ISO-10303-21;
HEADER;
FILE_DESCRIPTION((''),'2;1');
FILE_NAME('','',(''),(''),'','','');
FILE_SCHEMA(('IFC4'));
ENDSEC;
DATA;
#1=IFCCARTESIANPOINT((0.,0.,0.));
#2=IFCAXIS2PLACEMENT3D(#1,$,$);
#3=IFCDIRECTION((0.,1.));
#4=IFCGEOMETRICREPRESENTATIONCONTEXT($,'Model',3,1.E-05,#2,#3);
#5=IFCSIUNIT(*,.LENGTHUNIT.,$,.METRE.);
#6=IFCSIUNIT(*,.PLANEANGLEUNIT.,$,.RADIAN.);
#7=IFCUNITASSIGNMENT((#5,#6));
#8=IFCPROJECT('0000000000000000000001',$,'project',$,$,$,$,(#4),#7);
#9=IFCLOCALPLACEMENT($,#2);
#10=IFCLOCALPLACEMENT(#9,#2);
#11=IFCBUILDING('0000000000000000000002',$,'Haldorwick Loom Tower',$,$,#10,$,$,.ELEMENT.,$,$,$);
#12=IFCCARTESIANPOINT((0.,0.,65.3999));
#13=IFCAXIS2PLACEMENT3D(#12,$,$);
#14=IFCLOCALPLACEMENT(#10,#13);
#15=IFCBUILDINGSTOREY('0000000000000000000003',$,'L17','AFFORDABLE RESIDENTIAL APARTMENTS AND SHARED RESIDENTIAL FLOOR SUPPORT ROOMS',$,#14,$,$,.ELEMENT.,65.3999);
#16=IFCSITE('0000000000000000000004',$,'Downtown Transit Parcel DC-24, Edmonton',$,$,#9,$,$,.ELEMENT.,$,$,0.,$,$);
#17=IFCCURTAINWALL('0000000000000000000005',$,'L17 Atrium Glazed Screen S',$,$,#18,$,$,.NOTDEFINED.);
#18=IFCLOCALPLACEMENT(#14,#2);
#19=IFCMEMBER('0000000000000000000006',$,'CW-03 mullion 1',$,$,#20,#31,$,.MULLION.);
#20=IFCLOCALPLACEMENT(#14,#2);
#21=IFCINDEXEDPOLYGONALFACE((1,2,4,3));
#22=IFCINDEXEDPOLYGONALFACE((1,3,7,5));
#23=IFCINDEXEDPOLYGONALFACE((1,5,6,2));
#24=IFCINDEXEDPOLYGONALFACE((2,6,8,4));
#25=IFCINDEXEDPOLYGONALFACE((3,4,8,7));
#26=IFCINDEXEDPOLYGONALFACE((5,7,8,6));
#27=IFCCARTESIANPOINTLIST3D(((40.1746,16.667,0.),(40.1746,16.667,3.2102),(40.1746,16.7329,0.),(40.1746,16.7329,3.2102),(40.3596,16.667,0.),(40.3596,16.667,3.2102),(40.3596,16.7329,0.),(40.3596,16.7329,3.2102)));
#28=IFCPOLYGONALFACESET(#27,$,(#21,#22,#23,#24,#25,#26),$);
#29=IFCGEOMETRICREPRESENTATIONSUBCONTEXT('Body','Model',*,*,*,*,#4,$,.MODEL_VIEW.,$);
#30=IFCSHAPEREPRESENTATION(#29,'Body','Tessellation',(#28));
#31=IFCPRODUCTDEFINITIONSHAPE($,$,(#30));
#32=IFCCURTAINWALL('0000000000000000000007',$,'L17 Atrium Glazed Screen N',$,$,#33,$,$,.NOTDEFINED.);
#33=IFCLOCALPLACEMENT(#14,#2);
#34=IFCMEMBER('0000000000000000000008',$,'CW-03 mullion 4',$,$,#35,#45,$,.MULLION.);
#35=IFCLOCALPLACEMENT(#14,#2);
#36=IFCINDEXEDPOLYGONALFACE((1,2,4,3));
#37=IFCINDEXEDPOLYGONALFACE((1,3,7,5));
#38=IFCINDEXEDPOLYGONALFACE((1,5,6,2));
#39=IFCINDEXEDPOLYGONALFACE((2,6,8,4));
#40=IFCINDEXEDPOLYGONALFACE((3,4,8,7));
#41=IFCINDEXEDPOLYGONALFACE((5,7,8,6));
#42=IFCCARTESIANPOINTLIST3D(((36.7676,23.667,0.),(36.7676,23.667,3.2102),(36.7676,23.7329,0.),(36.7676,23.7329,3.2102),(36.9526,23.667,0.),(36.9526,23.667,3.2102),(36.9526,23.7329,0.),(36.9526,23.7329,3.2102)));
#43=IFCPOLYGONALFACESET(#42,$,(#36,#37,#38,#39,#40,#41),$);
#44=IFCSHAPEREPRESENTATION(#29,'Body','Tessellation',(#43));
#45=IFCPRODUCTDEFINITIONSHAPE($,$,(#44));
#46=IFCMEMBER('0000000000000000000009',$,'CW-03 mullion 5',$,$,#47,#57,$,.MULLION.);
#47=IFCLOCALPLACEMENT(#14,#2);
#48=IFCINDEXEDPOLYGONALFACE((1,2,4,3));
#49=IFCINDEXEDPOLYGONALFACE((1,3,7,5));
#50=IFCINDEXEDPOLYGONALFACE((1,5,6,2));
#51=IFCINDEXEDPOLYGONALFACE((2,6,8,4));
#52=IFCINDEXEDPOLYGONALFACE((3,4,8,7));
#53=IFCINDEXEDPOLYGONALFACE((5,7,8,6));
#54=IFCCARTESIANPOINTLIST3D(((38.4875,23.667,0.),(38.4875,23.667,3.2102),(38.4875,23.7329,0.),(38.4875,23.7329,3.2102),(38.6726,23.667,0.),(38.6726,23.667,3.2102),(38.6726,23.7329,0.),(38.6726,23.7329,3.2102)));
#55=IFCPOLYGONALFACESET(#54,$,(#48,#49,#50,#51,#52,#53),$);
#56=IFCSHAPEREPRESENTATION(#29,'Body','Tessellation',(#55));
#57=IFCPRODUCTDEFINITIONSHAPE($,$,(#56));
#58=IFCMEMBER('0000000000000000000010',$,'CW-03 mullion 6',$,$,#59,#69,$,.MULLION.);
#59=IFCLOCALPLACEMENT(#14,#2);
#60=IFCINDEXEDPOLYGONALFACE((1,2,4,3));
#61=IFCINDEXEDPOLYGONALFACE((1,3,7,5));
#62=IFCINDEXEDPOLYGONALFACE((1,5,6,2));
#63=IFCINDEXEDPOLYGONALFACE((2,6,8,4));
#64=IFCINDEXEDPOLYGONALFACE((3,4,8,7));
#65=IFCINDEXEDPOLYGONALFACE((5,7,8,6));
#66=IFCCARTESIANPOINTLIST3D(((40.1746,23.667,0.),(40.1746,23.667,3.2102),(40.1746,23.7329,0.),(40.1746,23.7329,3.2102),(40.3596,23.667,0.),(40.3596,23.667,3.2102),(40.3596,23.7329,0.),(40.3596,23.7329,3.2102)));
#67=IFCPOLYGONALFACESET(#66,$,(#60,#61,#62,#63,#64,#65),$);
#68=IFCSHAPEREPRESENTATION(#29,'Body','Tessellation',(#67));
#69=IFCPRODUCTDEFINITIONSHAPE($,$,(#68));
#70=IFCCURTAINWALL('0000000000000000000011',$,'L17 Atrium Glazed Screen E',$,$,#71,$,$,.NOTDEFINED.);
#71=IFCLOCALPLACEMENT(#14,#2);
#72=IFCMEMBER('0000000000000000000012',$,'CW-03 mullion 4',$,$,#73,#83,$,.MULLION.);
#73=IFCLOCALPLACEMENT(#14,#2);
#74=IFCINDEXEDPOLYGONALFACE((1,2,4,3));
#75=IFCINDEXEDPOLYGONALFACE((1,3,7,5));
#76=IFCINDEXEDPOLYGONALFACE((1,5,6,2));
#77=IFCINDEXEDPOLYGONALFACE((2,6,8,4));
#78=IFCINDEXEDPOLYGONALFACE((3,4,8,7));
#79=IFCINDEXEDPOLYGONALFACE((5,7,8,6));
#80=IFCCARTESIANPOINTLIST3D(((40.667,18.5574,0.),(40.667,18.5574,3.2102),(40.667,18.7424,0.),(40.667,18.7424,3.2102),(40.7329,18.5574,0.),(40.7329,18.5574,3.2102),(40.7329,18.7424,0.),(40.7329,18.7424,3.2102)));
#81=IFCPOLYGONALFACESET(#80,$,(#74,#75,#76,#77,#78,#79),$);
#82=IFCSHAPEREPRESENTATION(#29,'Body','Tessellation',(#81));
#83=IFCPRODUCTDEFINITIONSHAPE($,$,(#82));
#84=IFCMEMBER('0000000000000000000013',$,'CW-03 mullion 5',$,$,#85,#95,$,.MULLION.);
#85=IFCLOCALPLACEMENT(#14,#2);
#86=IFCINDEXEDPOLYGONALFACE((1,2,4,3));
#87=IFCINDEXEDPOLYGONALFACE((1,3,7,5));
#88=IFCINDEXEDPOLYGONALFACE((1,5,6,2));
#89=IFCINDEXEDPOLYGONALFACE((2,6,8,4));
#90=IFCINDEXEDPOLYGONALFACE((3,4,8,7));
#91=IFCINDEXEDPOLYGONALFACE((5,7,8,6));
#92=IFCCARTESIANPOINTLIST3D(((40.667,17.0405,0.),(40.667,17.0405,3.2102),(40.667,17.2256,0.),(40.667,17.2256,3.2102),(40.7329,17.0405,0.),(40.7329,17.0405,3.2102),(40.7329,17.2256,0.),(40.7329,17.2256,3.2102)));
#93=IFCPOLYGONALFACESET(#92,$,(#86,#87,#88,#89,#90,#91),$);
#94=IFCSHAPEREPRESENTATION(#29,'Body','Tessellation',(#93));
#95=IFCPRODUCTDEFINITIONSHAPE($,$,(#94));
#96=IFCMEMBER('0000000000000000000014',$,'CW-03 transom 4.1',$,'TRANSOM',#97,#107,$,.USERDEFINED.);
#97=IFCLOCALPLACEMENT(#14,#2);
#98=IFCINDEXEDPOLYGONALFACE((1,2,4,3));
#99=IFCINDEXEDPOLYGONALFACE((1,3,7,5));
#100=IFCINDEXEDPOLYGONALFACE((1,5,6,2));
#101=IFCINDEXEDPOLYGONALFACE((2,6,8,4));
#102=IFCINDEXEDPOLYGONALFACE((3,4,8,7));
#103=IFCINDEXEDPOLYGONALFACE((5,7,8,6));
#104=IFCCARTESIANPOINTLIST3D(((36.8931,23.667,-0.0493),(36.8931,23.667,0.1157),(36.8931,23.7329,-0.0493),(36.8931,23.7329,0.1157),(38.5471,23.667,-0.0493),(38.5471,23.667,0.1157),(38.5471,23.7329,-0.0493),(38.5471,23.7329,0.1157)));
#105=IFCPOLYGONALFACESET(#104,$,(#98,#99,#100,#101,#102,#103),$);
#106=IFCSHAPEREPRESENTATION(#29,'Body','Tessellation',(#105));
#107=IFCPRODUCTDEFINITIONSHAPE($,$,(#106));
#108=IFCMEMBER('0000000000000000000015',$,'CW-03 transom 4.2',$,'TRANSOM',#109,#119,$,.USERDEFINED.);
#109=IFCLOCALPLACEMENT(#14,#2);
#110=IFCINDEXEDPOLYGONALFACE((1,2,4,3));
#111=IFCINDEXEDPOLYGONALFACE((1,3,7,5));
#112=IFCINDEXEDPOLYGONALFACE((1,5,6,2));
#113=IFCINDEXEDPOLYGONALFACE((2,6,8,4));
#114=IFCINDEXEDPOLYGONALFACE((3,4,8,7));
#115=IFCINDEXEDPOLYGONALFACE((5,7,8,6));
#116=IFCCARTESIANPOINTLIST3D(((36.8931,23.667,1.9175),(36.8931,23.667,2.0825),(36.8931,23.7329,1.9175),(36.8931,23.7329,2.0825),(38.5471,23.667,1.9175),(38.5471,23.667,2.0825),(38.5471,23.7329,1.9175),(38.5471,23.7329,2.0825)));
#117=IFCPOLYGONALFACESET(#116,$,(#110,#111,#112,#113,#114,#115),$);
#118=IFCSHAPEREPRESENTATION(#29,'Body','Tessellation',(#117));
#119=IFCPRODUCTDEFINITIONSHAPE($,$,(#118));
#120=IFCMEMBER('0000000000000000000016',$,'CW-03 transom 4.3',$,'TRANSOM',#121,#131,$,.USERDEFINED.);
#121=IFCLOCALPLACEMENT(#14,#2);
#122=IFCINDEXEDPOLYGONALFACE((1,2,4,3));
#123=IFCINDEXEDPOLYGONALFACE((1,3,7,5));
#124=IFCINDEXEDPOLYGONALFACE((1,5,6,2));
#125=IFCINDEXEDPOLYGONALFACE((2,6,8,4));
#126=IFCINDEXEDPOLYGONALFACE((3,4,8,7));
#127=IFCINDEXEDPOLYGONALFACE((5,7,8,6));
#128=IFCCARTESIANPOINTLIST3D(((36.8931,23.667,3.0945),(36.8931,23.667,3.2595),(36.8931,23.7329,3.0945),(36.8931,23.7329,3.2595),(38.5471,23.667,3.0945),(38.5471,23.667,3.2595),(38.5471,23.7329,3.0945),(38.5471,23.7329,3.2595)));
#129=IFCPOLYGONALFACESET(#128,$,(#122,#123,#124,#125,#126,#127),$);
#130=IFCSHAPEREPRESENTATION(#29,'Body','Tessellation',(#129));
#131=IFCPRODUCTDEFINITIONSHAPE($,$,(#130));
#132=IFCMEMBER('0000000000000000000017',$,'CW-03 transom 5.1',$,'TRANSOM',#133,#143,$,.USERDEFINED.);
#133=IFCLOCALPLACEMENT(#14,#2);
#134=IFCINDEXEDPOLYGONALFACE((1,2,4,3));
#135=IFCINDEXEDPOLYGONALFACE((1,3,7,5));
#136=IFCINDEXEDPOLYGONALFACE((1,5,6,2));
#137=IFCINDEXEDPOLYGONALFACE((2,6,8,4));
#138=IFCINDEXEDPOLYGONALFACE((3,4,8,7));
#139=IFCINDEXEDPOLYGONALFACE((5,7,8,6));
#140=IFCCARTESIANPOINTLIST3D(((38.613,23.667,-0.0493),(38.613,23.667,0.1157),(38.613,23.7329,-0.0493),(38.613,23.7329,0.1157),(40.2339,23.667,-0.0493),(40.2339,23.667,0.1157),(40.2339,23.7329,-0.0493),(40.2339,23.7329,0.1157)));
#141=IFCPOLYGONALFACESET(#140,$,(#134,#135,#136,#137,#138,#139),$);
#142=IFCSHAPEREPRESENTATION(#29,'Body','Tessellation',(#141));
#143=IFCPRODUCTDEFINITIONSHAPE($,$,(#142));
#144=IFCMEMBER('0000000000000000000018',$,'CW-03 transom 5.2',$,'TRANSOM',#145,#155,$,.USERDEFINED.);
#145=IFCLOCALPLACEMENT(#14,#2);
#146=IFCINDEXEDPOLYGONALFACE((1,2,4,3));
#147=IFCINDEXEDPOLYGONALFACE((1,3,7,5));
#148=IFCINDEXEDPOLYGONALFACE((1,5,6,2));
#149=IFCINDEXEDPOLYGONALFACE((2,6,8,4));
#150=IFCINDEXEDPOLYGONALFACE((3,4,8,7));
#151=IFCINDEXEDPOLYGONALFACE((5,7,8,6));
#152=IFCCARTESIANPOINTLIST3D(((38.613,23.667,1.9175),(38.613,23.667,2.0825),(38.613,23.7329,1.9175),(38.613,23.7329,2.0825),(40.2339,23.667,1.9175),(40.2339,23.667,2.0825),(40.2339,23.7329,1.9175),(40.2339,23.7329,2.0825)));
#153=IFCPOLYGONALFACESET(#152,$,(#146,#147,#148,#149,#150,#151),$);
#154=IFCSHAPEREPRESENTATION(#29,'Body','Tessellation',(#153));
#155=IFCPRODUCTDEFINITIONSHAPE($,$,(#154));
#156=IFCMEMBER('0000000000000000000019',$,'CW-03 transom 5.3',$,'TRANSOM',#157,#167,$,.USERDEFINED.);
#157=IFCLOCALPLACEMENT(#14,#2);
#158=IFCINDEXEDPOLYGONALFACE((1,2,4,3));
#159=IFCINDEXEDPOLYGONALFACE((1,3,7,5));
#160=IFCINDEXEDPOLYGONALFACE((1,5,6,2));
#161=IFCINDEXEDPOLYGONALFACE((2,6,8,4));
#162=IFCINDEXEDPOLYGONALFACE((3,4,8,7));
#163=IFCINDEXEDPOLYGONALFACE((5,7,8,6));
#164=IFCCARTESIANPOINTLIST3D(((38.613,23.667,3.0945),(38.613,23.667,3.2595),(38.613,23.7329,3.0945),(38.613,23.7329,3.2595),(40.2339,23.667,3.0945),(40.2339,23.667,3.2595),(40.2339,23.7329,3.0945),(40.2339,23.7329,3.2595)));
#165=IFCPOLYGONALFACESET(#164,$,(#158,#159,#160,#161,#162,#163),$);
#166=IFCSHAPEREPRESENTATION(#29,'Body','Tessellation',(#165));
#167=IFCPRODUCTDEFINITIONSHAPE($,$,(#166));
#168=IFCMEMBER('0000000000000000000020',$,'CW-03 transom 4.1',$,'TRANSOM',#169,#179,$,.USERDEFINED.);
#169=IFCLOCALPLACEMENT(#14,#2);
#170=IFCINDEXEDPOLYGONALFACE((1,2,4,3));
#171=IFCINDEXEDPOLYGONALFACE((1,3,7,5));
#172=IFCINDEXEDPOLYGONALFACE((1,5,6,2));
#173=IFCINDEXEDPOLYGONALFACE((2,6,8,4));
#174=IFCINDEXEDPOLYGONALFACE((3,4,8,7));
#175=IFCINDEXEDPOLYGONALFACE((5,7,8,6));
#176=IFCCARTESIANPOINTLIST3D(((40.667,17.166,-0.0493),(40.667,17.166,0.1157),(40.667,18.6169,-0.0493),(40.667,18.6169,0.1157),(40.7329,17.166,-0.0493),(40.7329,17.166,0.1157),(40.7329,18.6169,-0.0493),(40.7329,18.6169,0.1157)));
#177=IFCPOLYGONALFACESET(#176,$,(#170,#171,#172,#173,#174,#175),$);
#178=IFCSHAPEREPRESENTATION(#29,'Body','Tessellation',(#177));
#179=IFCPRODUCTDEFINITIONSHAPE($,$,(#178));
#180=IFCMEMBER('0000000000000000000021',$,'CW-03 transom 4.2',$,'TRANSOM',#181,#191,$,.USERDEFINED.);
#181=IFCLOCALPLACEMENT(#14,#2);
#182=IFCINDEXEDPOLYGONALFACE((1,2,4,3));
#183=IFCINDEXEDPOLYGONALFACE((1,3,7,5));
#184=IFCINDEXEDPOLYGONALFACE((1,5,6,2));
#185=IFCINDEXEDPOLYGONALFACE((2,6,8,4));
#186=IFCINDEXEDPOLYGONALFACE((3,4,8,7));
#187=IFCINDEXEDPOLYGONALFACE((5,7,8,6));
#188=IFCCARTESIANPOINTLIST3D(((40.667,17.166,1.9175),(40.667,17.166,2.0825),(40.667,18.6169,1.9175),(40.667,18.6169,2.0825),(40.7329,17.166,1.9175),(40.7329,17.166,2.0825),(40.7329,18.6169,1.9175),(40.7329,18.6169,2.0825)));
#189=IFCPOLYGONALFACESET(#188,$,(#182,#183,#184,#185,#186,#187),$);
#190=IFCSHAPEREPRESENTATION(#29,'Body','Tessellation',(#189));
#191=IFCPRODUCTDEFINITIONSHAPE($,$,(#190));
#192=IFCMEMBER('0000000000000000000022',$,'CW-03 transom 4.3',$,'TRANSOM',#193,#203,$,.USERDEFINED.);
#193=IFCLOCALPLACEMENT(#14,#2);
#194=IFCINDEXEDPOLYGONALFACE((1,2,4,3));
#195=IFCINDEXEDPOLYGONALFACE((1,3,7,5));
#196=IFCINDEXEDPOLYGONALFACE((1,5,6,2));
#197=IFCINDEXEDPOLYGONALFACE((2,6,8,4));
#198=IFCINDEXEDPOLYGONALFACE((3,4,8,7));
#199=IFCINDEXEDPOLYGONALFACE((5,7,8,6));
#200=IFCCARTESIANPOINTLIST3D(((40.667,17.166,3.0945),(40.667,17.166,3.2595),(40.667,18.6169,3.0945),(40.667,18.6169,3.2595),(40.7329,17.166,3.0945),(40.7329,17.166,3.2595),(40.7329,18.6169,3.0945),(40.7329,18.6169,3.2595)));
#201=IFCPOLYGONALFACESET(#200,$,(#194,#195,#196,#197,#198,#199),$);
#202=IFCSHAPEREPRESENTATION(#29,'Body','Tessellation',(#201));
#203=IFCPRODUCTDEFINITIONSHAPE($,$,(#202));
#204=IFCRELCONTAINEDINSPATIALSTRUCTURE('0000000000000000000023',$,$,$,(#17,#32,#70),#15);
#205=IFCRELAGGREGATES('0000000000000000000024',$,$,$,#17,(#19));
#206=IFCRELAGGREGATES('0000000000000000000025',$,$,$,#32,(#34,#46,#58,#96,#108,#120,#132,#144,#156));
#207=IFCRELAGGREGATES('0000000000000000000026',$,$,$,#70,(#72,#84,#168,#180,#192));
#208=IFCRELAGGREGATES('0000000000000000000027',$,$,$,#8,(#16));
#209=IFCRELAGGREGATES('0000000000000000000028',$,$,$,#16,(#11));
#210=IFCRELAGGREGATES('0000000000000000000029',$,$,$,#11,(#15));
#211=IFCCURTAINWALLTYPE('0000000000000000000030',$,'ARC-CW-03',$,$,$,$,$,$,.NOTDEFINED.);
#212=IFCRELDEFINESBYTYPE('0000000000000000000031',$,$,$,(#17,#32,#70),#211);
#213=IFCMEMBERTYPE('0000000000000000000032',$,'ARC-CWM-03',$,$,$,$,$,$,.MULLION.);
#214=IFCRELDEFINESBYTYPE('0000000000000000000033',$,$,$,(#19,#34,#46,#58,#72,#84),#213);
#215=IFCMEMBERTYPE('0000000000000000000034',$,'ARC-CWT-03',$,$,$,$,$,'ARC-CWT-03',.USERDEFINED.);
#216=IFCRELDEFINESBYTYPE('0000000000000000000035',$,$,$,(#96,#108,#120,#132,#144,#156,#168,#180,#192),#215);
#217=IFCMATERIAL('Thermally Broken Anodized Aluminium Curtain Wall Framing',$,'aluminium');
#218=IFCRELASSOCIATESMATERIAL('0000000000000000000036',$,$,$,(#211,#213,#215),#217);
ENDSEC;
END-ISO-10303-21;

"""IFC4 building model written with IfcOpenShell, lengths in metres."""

from ifc_helpers import new_model, si_unit, direction, frame, origin, origin_2d, place, context, subcontext, project, spatial, rectangle, extrude, material, material_profile, profile_set, type_object, element, aggregate, save


model = new_model("IFC4")

# Units and contexts
model_context = context("Model", 3, precision=1e-05, world=origin(), true_north=direction((0.0, 1.0)))
body_context = subcontext(model_context, "Body", "Model", "MODEL_VIEW")
ifc_project = project(units=[si_unit("LENGTHUNIT", "METRE"), si_unit("PLANEANGLEUNIT", "RADIAN")], contexts=[model_context])

# Site, building, storey
site_placement = place(None, origin())
site = spatial("IfcSite", under=ifc_project, at=site_placement, Name="Downtown Transit Parcel DC-24, Edmonton", CompositionType="ELEMENT", RefElevation=0.0)
building_placement = place(site_placement, origin())
building = spatial("IfcBuilding", under=site, at=building_placement, Name="Haldorwick Loom Tower", CompositionType="ELEMENT")
storey_placement = place(building_placement, frame((0.0, 0.0, 65.3999)))
storey = spatial("IfcBuildingStorey", under=building, at=storey_placement, Name="L17", Description="AFFORDABLE RESIDENTIAL APARTMENTS AND SHARED RESIDENTIAL FLOOR SUPPORT ROOMS", CompositionType="ELEMENT", Elevation=65.3999)

# Curtain wall, member
ifc_material_1 = material(Name="Thermally Broken Anodized Aluminium Curtain Wall Framing", Category="aluminium")
curtain_wall_type = type_object("IfcCurtainWallType", Name="ARC-CW-03", PredefinedType="NOTDEFINED", material=ifc_material_1)
curtain_wall_1_placement = place(storey_placement, origin())
curtain_wall_1 = element("IfcCurtainWall", 1, at=curtain_wall_1_placement, inside=storey, type_object=curtain_wall_type, Name="L17 Atrium Glazed Screen S", PredefinedType="NOTDEFINED")
ifc_material_profile_1 = material_profile(ifc_material_1, rectangle(XDim=0.0659, YDim=0.1851, at=origin_2d()), Name="ALU_MUL_66X185", Category="aluminium")
ifc_profile_set_1 = profile_set([ifc_material_profile_1], Name="Thermally Broken Anodized Aluminium Curtain Wall Framing")
member_type_1 = type_object("IfcMemberType", Name="ARC-CWM-03", PredefinedType="MULLION", material=ifc_profile_set_1)
member_1_placement = place(storey_placement, frame((40.2671, 16.7, 0.0), z_axis=(0.0, 0.0, 1.0), x_axis=(0.0, -1.0, 0.0)))
member_1 = element("IfcMember", 2, at=member_1_placement, type_object=member_type_1, Name="CW-03 mullion 1", PredefinedType="MULLION", context=body_context, shape_type="SweptSolid", body=[
    extrude(rectangle(XDim=0.0659, YDim=0.1851, at=origin_2d()), origin(), (0.0, 0.0, 1.0), 3.2102),
])
aggregate(curtain_wall_1, [member_1])

# Curtain walls, members
curtain_wall_2_placement = place(storey_placement, origin())
curtain_wall_2 = element("IfcCurtainWall", 3, at=curtain_wall_2_placement, inside=storey, type_object=curtain_wall_type, Name="L17 Atrium Glazed Screen N", PredefinedType="NOTDEFINED")
member_2_placement = place(storey_placement, frame((36.8601, 23.7, 0.0), z_axis=(0.0, 0.0, 1.0), x_axis=(0.0, 1.0, 0.0)))
member_2 = element("IfcMember", 4, at=member_2_placement, type_object=member_type_1, Name="CW-03 mullion 4", PredefinedType="MULLION", context=body_context, shape_type="SweptSolid", body=[
    extrude(rectangle(XDim=0.0659, YDim=0.1851, at=origin_2d()), origin(), (0.0, 0.0, 1.0), 3.2102),
])
member_3_placement = place(storey_placement, frame((38.5801, 23.7, 0.0), z_axis=(0.0, 0.0, 1.0), x_axis=(0.0, 1.0, 0.0)))
member_3 = element("IfcMember", 5, at=member_3_placement, type_object=member_type_1, Name="CW-03 mullion 5", PredefinedType="MULLION", context=body_context, shape_type="SweptSolid", body=[
    extrude(rectangle(XDim=0.0659, YDim=0.1851, at=origin_2d()), origin(), (0.0, 0.0, 1.0), 3.2102),
])
member_4_placement = place(storey_placement, frame((40.2671, 23.7, 0.0), z_axis=(0.0, 0.0, 1.0), x_axis=(0.0, 1.0, 0.0)))
member_4 = element("IfcMember", 6, at=member_4_placement, type_object=member_type_1, Name="CW-03 mullion 6", PredefinedType="MULLION", context=body_context, shape_type="SweptSolid", body=[
    extrude(rectangle(XDim=0.0659, YDim=0.1851, at=origin_2d()), origin(), (0.0, 0.0, 1.0), 3.2102),
])
curtain_wall_3_placement = place(storey_placement, origin())
curtain_wall_3 = element("IfcCurtainWall", 7, at=curtain_wall_3_placement, inside=storey, type_object=curtain_wall_type, Name="L17 Atrium Glazed Screen E", PredefinedType="NOTDEFINED")
member_5_placement = place(storey_placement, frame((40.7, 18.6499, 0.0), z_axis=(0.0, 0.0, 1.0), x_axis=(1.0, 0.0, 0.0)))
member_5 = element("IfcMember", 8, at=member_5_placement, type_object=member_type_1, Name="CW-03 mullion 4", PredefinedType="MULLION", context=body_context, shape_type="SweptSolid", body=[
    extrude(rectangle(XDim=0.0659, YDim=0.1851, at=origin_2d()), origin(), (0.0, 0.0, 1.0), 3.2102),
])
member_6_placement = place(storey_placement, frame((40.7, 17.1331, 0.0), z_axis=(0.0, 0.0, 1.0), x_axis=(1.0, 0.0, 0.0)))
member_6 = element("IfcMember", 9, at=member_6_placement, type_object=member_type_1, Name="CW-03 mullion 5", PredefinedType="MULLION", context=body_context, shape_type="SweptSolid", body=[
    extrude(rectangle(XDim=0.0659, YDim=0.1851, at=origin_2d()), origin(), (0.0, 0.0, 1.0), 3.2102),
])

# Members
ifc_material_profile_2 = material_profile(ifc_material_1, rectangle(XDim=0.0659, YDim=0.165, at=origin_2d()), Name="ALU_TRN_66X165", Category="aluminium")
ifc_profile_set_2 = profile_set([ifc_material_profile_2], Name="Thermally Broken Anodized Aluminium Curtain Wall Framing")
member_type_2 = type_object("IfcMemberType", Name="ARC-CWT-03", ElementType="ARC-CWT-03", PredefinedType="USERDEFINED", material=ifc_profile_set_2)
member_7_placement = place(storey_placement, frame((36.8931, 23.7, 0.0332), z_axis=(1.0, 0.0, 0.0), x_axis=(0.0, 1.0, 0.0)))
member_7 = element("IfcMember", 10, at=member_7_placement, type_object=member_type_2, Name="CW-03 transom 4.1", ObjectType="TRANSOM", PredefinedType="USERDEFINED", context=body_context, shape_type="SweptSolid", body=[
    extrude(rectangle(XDim=0.0659, YDim=0.165, at=origin_2d()), origin(), (0.0, 0.0, 1.0), 1.6541),
])
member_8_placement = place(storey_placement, frame((36.8931, 23.7, 2.0), z_axis=(1.0, 0.0, 0.0), x_axis=(0.0, 1.0, 0.0)))
member_8 = element("IfcMember", 11, at=member_8_placement, type_object=member_type_2, Name="CW-03 transom 4.2", ObjectType="TRANSOM", PredefinedType="USERDEFINED", context=body_context, shape_type="SweptSolid", body=[
    extrude(rectangle(XDim=0.0659, YDim=0.165, at=origin_2d()), origin(), (0.0, 0.0, 1.0), 1.6541),
])
member_9_placement = place(storey_placement, frame((36.8931, 23.7, 3.177), z_axis=(1.0, 0.0, 0.0), x_axis=(0.0, 1.0, 0.0)))
member_9 = element("IfcMember", 12, at=member_9_placement, type_object=member_type_2, Name="CW-03 transom 4.3", ObjectType="TRANSOM", PredefinedType="USERDEFINED", context=body_context, shape_type="SweptSolid", body=[
    extrude(rectangle(XDim=0.0659, YDim=0.165, at=origin_2d()), origin(), (0.0, 0.0, 1.0), 1.6541),
])
member_10_placement = place(storey_placement, frame((38.613, 23.7, 0.0332), z_axis=(1.0, 0.0, 0.0), x_axis=(0.0, 1.0, 0.0)))
member_10 = element("IfcMember", 13, at=member_10_placement, type_object=member_type_2, Name="CW-03 transom 5.1", ObjectType="TRANSOM", PredefinedType="USERDEFINED", context=body_context, shape_type="SweptSolid", body=[
    extrude(rectangle(XDim=0.0659, YDim=0.165, at=origin_2d()), origin(), (0.0, 0.0, 1.0), 1.6208),
])
member_11_placement = place(storey_placement, frame((38.613, 23.7, 2.0), z_axis=(1.0, 0.0, 0.0), x_axis=(0.0, 1.0, 0.0)))
member_11 = element("IfcMember", 14, at=member_11_placement, type_object=member_type_2, Name="CW-03 transom 5.2", ObjectType="TRANSOM", PredefinedType="USERDEFINED", context=body_context, shape_type="SweptSolid", body=[
    extrude(rectangle(XDim=0.0659, YDim=0.165, at=origin_2d()), origin(), (0.0, 0.0, 1.0), 1.6208),
])
member_12_placement = place(storey_placement, frame((38.613, 23.7, 3.177), z_axis=(1.0, 0.0, 0.0), x_axis=(0.0, 1.0, 0.0)))
member_12 = element("IfcMember", 15, at=member_12_placement, type_object=member_type_2, Name="CW-03 transom 5.3", ObjectType="TRANSOM", PredefinedType="USERDEFINED", context=body_context, shape_type="SweptSolid", body=[
    extrude(rectangle(XDim=0.0659, YDim=0.165, at=origin_2d()), origin(), (0.0, 0.0, 1.0), 1.6208),
])
member_13_placement = place(storey_placement, frame((40.7, 18.6169, 0.0332), z_axis=(0.0, -1.0, 0.0), x_axis=(1.0, 0.0, 0.0)))
member_13 = element("IfcMember", 16, at=member_13_placement, type_object=member_type_2, Name="CW-03 transom 4.1", ObjectType="TRANSOM", PredefinedType="USERDEFINED", context=body_context, shape_type="SweptSolid", body=[
    extrude(rectangle(XDim=0.0659, YDim=0.165, at=origin_2d()), origin(), (0.0, 0.0, 1.0), 1.4509),
])
member_14_placement = place(storey_placement, frame((40.7, 18.6169, 2.0), z_axis=(0.0, -1.0, 0.0), x_axis=(1.0, 0.0, 0.0)))
member_14 = element("IfcMember", 17, at=member_14_placement, type_object=member_type_2, Name="CW-03 transom 4.2", ObjectType="TRANSOM", PredefinedType="USERDEFINED", context=body_context, shape_type="SweptSolid", body=[
    extrude(rectangle(XDim=0.0659, YDim=0.165, at=origin_2d()), origin(), (0.0, 0.0, 1.0), 1.4509),
])
member_15_placement = place(storey_placement, frame((40.7, 18.6169, 3.177), z_axis=(0.0, -1.0, 0.0), x_axis=(1.0, 0.0, 0.0)))
member_15 = element("IfcMember", 18, at=member_15_placement, type_object=member_type_2, Name="CW-03 transom 4.3", ObjectType="TRANSOM", PredefinedType="USERDEFINED", context=body_context, shape_type="SweptSolid", body=[
    extrude(rectangle(XDim=0.0659, YDim=0.165, at=origin_2d()), origin(), (0.0, 0.0, 1.0), 1.4509),
])

aggregate(curtain_wall_2, [member_2, member_3, member_4, member_7, member_8, member_9, member_10, member_11, member_12])
aggregate(curtain_wall_3, [member_5, member_6, member_13, member_14, member_15])

save(model, "model.ifc")
